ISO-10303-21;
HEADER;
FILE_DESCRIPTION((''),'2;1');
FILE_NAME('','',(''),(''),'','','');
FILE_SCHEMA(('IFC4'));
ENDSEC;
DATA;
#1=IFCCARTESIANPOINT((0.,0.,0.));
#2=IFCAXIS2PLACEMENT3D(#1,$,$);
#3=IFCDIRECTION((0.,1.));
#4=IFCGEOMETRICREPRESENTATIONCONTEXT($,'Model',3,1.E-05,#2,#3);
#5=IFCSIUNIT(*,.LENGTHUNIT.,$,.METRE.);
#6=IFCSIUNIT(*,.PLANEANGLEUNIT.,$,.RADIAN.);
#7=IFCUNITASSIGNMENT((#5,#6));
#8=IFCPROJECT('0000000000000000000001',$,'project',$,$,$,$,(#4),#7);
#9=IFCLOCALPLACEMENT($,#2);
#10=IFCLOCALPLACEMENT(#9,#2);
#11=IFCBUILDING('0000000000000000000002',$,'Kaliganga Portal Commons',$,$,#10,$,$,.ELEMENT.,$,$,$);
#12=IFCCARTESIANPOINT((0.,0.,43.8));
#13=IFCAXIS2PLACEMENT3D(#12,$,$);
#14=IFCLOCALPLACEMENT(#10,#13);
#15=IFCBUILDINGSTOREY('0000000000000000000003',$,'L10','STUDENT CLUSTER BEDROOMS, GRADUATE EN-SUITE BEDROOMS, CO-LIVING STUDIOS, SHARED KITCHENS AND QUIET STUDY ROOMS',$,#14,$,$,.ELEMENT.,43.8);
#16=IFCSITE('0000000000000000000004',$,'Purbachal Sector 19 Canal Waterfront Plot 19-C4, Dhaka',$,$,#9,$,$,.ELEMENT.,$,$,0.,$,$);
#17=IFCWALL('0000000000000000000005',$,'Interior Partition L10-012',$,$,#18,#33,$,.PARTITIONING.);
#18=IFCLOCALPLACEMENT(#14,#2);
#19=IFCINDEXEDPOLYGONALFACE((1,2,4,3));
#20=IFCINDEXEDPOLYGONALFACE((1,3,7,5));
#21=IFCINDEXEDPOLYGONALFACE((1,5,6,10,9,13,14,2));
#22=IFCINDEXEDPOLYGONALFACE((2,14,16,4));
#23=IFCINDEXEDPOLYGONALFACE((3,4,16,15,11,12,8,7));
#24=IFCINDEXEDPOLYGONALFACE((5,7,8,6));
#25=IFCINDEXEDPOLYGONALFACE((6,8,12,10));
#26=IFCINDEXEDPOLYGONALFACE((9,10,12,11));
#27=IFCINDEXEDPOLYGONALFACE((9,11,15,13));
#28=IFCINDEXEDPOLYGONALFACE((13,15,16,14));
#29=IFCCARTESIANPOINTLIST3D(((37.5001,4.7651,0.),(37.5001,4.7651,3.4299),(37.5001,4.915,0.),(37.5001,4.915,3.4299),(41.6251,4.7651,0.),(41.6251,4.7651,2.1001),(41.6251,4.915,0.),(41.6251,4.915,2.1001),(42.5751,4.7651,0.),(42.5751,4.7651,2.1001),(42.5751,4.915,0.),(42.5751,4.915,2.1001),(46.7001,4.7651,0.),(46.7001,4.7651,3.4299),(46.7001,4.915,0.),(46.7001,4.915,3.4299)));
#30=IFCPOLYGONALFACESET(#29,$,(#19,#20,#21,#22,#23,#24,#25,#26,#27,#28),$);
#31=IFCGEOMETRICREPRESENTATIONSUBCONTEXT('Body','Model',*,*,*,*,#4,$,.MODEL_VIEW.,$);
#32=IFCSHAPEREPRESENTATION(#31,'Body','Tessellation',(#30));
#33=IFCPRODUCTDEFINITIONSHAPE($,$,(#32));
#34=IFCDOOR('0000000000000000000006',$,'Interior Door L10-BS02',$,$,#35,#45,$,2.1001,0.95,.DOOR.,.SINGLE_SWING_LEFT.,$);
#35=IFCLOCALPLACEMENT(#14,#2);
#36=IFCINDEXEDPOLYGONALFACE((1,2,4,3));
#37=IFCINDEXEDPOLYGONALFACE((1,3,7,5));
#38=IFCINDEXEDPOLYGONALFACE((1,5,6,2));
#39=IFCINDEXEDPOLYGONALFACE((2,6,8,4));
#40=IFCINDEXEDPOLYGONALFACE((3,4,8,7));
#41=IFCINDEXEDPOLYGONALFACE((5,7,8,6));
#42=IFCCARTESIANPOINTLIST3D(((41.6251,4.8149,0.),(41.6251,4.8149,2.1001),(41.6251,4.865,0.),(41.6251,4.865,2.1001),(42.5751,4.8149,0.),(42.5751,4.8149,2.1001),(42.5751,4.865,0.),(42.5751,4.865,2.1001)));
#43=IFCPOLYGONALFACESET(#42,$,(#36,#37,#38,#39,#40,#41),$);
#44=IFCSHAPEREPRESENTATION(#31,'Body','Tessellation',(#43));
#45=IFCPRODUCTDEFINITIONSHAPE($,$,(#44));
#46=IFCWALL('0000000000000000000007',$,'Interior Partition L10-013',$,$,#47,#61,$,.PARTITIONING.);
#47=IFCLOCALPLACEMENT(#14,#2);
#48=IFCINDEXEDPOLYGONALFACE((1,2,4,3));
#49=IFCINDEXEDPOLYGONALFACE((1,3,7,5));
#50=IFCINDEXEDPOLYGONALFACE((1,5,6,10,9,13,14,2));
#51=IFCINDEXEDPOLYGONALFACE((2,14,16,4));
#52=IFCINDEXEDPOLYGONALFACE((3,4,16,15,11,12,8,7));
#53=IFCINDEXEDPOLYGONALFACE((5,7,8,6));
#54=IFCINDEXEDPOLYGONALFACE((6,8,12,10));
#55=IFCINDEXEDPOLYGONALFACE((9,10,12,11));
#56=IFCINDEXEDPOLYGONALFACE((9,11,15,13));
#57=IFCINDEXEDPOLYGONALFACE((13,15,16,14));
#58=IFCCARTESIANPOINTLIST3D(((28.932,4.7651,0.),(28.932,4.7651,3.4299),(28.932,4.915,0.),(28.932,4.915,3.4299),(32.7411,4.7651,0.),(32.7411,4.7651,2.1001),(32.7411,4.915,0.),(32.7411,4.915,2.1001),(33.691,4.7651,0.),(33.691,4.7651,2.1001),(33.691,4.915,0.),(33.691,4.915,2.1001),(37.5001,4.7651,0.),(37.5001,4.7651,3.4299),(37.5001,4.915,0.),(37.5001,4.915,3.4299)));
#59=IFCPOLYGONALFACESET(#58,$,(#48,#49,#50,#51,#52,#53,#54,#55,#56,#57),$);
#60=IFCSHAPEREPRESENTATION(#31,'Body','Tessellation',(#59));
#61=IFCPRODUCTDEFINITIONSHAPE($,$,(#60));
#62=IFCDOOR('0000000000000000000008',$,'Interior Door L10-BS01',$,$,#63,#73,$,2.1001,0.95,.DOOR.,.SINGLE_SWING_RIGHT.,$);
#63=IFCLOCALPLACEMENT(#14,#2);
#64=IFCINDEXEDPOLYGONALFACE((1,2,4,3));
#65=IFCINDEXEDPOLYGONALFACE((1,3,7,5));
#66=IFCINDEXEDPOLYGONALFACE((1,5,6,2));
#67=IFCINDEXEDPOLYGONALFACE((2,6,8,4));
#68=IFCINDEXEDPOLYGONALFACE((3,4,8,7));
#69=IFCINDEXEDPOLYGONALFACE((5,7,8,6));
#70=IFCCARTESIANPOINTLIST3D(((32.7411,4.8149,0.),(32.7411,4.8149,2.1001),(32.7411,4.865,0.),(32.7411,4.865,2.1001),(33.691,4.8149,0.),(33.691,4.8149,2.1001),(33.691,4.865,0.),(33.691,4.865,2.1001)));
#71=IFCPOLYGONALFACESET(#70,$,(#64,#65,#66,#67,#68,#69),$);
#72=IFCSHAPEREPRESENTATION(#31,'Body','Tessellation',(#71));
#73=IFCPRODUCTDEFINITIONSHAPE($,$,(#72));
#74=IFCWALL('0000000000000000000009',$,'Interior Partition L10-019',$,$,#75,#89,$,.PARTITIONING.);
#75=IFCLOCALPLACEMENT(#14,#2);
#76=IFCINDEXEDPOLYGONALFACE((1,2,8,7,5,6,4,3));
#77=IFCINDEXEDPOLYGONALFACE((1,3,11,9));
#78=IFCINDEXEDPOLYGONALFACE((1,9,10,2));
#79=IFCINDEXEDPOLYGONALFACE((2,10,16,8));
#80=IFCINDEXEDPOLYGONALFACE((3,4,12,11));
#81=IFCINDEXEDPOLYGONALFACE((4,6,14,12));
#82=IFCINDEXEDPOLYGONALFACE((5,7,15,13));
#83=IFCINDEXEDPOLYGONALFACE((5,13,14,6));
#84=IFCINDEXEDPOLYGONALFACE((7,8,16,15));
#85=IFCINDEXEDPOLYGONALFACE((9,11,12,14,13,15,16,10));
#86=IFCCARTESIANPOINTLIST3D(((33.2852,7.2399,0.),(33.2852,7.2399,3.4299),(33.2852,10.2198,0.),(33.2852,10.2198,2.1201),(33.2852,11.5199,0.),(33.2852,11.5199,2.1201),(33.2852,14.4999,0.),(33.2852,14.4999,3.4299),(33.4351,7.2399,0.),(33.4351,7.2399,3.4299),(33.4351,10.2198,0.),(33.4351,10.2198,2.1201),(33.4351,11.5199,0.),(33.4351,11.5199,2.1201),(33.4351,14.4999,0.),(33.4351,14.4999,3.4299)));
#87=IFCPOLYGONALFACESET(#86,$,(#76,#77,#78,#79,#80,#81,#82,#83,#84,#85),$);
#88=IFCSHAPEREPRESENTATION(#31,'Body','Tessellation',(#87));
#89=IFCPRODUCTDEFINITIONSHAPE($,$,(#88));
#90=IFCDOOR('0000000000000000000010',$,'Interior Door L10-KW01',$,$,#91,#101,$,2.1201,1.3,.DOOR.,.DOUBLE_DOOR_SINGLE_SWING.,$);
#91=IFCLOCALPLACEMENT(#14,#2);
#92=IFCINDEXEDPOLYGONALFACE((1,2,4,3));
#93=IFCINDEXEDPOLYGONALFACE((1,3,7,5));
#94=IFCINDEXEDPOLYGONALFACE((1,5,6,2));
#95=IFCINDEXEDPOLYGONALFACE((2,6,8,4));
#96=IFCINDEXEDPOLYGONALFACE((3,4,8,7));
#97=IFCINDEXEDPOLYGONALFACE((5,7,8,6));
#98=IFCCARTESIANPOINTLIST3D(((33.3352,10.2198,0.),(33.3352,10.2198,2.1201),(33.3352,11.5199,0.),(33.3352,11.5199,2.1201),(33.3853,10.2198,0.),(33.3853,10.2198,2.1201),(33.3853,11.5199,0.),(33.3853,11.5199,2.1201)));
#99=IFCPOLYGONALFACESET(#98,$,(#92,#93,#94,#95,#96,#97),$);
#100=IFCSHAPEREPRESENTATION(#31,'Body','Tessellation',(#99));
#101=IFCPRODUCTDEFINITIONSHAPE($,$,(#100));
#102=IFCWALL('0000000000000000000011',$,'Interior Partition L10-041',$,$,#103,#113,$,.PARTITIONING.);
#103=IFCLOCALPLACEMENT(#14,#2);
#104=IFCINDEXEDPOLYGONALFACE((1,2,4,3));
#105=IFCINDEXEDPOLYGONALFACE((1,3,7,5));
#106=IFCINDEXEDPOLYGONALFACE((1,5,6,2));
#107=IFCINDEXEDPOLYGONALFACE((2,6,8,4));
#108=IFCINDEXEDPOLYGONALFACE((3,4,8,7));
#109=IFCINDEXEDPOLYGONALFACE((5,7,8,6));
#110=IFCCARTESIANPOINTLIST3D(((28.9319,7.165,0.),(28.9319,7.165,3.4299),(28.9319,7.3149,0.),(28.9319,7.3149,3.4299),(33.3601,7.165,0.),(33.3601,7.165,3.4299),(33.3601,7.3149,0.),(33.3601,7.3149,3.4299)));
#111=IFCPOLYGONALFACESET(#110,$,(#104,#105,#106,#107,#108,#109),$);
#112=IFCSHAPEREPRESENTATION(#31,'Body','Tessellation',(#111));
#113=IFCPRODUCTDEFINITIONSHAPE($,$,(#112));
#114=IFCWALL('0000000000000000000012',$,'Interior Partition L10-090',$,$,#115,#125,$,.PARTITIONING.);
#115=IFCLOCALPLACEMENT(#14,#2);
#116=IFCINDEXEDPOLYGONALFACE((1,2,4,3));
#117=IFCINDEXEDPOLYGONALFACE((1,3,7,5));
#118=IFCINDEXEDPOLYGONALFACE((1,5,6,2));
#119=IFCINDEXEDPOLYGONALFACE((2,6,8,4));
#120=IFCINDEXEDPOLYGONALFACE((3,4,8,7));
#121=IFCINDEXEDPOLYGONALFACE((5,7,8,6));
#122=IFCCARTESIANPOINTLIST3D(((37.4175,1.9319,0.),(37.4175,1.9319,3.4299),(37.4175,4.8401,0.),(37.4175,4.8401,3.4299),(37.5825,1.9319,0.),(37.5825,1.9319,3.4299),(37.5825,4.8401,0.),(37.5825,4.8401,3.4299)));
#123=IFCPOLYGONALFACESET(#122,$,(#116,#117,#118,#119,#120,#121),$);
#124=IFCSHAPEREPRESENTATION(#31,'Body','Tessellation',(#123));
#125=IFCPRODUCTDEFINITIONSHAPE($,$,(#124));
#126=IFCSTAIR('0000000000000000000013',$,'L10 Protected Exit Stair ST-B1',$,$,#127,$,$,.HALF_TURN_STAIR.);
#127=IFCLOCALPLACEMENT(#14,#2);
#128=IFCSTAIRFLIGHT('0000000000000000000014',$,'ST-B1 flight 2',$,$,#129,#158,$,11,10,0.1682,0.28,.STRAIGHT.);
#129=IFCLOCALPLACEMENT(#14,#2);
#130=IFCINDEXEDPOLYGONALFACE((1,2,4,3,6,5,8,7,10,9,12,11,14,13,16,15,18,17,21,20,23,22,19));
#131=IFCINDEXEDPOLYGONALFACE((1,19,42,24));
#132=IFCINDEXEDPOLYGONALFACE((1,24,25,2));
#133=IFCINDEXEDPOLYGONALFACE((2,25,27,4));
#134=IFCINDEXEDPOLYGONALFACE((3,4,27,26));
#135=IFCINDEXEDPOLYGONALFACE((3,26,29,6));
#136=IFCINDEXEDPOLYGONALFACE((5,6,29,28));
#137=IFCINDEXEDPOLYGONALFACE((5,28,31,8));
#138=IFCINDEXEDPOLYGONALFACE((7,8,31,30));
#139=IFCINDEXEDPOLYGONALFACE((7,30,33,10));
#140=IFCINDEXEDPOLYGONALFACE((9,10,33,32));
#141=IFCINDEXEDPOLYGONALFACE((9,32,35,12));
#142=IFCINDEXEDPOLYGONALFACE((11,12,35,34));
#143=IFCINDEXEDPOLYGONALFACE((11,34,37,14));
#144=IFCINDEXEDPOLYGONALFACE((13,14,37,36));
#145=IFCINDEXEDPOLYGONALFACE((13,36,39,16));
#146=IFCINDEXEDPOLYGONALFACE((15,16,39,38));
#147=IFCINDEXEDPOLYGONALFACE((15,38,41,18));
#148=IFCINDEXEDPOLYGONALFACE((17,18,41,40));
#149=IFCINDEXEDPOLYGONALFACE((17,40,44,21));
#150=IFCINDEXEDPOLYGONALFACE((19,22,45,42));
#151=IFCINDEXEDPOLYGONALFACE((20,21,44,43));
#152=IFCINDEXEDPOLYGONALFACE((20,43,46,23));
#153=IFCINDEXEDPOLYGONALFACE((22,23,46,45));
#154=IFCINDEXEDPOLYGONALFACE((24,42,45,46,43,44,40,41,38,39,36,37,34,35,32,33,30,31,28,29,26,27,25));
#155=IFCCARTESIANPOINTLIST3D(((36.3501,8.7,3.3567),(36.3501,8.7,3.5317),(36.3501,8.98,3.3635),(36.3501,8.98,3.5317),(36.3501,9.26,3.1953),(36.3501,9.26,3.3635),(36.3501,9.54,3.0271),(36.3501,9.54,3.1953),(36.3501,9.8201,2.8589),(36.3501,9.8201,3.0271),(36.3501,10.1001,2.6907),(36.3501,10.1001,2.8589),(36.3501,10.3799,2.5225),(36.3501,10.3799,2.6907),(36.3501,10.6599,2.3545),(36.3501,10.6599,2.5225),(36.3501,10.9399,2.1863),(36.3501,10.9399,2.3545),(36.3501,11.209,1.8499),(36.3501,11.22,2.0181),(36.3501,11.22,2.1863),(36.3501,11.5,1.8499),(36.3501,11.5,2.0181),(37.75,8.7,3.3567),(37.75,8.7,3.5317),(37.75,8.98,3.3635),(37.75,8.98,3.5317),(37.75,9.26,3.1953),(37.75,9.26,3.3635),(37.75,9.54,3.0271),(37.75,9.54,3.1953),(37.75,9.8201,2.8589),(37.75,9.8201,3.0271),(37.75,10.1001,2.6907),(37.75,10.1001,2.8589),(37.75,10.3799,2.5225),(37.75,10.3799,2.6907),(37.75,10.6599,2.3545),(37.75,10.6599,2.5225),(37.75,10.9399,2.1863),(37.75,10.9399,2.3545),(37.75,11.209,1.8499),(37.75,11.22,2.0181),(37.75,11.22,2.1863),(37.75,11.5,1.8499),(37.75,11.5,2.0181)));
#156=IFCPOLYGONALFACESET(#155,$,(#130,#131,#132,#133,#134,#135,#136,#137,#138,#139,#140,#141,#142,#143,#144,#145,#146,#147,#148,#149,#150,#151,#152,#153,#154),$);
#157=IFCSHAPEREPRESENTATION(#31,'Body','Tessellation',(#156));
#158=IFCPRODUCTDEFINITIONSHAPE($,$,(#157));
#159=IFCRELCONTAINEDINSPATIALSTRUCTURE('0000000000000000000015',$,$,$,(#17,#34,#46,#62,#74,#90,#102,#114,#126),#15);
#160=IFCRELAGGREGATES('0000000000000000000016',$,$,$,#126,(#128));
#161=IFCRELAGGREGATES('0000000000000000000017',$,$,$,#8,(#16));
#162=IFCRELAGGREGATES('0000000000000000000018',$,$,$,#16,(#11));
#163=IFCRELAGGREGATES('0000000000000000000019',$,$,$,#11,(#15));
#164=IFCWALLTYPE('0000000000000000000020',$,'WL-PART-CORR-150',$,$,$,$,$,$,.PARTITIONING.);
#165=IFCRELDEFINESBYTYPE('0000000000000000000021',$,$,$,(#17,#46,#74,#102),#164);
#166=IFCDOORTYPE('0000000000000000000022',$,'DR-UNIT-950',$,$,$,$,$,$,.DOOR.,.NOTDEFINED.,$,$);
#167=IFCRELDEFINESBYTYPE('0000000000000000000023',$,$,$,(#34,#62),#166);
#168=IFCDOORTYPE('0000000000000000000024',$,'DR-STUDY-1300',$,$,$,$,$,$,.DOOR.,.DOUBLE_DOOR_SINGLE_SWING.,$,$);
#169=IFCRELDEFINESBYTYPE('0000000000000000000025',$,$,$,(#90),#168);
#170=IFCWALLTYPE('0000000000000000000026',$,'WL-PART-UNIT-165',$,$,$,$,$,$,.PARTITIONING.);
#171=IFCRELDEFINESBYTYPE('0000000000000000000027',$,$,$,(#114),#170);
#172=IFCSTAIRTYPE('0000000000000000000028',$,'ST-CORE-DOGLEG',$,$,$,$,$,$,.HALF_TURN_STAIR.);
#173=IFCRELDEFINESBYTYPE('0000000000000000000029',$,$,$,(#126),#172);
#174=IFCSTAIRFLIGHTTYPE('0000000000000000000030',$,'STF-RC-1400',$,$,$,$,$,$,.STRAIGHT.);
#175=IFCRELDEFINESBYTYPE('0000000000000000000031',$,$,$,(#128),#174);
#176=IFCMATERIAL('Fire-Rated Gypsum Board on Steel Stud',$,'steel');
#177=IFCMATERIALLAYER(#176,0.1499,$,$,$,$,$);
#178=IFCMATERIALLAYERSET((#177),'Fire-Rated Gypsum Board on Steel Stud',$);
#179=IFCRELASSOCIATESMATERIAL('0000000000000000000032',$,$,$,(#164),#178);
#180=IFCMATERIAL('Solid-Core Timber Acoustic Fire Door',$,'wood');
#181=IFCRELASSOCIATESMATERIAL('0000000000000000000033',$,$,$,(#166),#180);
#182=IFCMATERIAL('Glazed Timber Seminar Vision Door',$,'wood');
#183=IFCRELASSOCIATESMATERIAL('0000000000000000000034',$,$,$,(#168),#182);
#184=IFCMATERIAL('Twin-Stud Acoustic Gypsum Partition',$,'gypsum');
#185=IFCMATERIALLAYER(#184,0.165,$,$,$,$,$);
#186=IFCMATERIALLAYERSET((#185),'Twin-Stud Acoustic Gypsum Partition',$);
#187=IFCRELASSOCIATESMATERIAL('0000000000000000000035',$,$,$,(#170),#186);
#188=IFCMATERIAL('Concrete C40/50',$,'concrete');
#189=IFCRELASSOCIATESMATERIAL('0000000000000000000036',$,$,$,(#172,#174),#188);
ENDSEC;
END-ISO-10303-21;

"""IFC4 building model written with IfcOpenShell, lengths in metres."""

from ifc_helpers import new_model, si_unit, direction, frame, frame_2d, origin, place, context, subcontext, project, spatial, polyline, rectangle, outline, extrude, material, layer, layer_set, type_object, element, fill, aggregate, save


model = new_model("IFC4")

# Units and contexts
model_context = context("Model", 3, precision=1e-05, world=origin(), true_north=direction((0.0, 1.0)))
body_context = subcontext(model_context, "Body", "Model", "MODEL_VIEW")
ifc_project = project(units=[si_unit("LENGTHUNIT", "METRE"), si_unit("PLANEANGLEUNIT", "RADIAN")], contexts=[model_context])

# Site, building, storey
site_placement = place(None, origin())
site = spatial("IfcSite", under=ifc_project, at=site_placement, Name="Purbachal Sector 19 Canal Waterfront Plot 19-C4, Dhaka", CompositionType="ELEMENT", RefElevation=0.0)
building_placement = place(site_placement, origin())
building = spatial("IfcBuilding", under=site, at=building_placement, Name="Kaliganga Portal Commons", CompositionType="ELEMENT")
storey_placement = place(building_placement, frame((0.0, 0.0, 43.8)))
storey = spatial("IfcBuildingStorey", under=building, at=storey_placement, Name="L10", Description="STUDENT CLUSTER BEDROOMS, GRADUATE EN-SUITE BEDROOMS, CO-LIVING STUDIOS, SHARED KITCHENS AND QUIET STUDY ROOMS", CompositionType="ELEMENT", Elevation=43.8)

# Walls, openings, doors
ifc_material_1 = material(Name="Fire-Rated Gypsum Board on Steel Stud", Category="steel")
ifc_layer_1 = layer(ifc_material_1, 0.1499)
ifc_layer_set_1 = layer_set([ifc_layer_1], Name="Fire-Rated Gypsum Board on Steel Stud")
wall_type_1 = type_object("IfcWallType", Name="WL-PART-CORR-150", PredefinedType="PARTITIONING", material=ifc_layer_set_1)
wall_1_placement = place(storey_placement, frame((37.5, 4.8401, 0.0), z_axis=(0.0, 0.0, 1.0), x_axis=(1.0, 0.0, 0.0)))
wall_1 = element("IfcWall", 1, at=wall_1_placement, inside=storey, type_object=wall_type_1, Name="Interior Partition L10-012", PredefinedType="PARTITIONING", context=body_context, shape_type="SweptSolid", body=[
    extrude(rectangle(XDim=9.2, YDim=0.1499, at=frame_2d((4.6001, 0.0))), origin(), (0.0, 0.0, 1.0), 3.4299),
])
opening_1_placement = place(wall_1_placement, frame((4.125, 0.0, 0.0)))
opening_1 = element("IfcOpeningElement", 2, at=opening_1_placement, cuts=wall_1, PredefinedType="OPENING", context=body_context, shape_type="SweptSolid", body=[
    extrude(rectangle(XDim=0.95, YDim=2.1001, at=frame_2d((0.4751, 1.05))), frame((0.0, 0.085, 0.0), z_axis=(0.0, -1.0, 0.0), x_axis=(1.0, 0.0, 0.0)), (0.0, 0.0, 1.0), 0.1699),
])
ifc_material_2 = material(Name="Solid-Core Timber Acoustic Fire Door", Category="wood")
door_type_1 = type_object("IfcDoorType", Name="DR-UNIT-950", OperationType="NOTDEFINED", PredefinedType="DOOR", material=ifc_material_2)
door_1_placement = place(opening_1_placement, origin())
door_1 = element("IfcDoor", 3, at=door_1_placement, inside=storey, type_object=door_type_1, Name="Interior Door L10-BS02", OperationType="SINGLE_SWING_LEFT", OverallHeight=2.1001, OverallWidth=0.95, PredefinedType="DOOR", context=body_context, shape_type="SweptSolid", body=[
    extrude(rectangle(XDim=0.95, YDim=2.1001, at=frame_2d((0.4751, 1.05))), frame((0.0, 0.0249, 0.0), z_axis=(0.0, -1.0, 0.0), x_axis=(1.0, 0.0, 0.0)), (0.0, 0.0, 1.0), 0.05),
])
fill(opening_1, door_1)
wall_2_placement = place(storey_placement, frame((28.9319, 4.8401, 0.0), z_axis=(0.0, 0.0, 1.0), x_axis=(1.0, 0.0, 0.0)))
wall_2 = element("IfcWall", 4, at=wall_2_placement, inside=storey, type_object=wall_type_1, Name="Interior Partition L10-013", PredefinedType="PARTITIONING", context=body_context, shape_type="SweptSolid", body=[
    extrude(rectangle(XDim=8.5681, YDim=0.1499, at=frame_2d((4.2842, 0.0))), origin(), (0.0, 0.0, 1.0), 3.4299),
])
opening_2_placement = place(wall_2_placement, frame((3.8091, 0.0, 0.0)))
opening_2 = element("IfcOpeningElement", 5, at=opening_2_placement, cuts=wall_2, PredefinedType="OPENING", context=body_context, shape_type="SweptSolid", body=[
    extrude(rectangle(XDim=0.95, YDim=2.1001, at=frame_2d((0.4751, 1.05))), frame((0.0, 0.085, 0.0), z_axis=(0.0, -1.0, 0.0), x_axis=(1.0, 0.0, 0.0)), (0.0, 0.0, 1.0), 0.1699),
])
door_2_placement = place(opening_2_placement, origin())
door_2 = element("IfcDoor", 6, at=door_2_placement, inside=storey, type_object=door_type_1, Name="Interior Door L10-BS01", OperationType="SINGLE_SWING_RIGHT", OverallHeight=2.1001, OverallWidth=0.95, PredefinedType="DOOR", context=body_context, shape_type="SweptSolid", body=[
    extrude(rectangle(XDim=0.95, YDim=2.1001, at=frame_2d((0.4751, 1.05))), frame((0.0, 0.0249, 0.0), z_axis=(0.0, -1.0, 0.0), x_axis=(1.0, 0.0, 0.0)), (0.0, 0.0, 1.0), 0.05),
])
fill(opening_2, door_2)
wall_3_placement = place(storey_placement, frame((33.3601, 7.24, 0.0), z_axis=(0.0, 0.0, 1.0), x_axis=(0.0, 1.0, 0.0)))
wall_3 = element("IfcWall", 7, at=wall_3_placement, inside=storey, type_object=wall_type_1, Name="Interior Partition L10-019", PredefinedType="PARTITIONING", context=body_context, shape_type="SweptSolid", body=[
    extrude(rectangle(XDim=7.26, YDim=0.1499, at=frame_2d((3.6299, 0.0))), origin(), (0.0, 0.0, 1.0), 3.4299),
])
opening_3_placement = place(wall_3_placement, frame((2.98, 0.0, 0.0)))
opening_3 = element("IfcOpeningElement", 8, at=opening_3_placement, cuts=wall_3, PredefinedType="OPENING", context=body_context, shape_type="SweptSolid", body=[
    extrude(rectangle(XDim=1.3, YDim=2.1201, at=frame_2d((0.6499, 1.0601))), frame((0.0, 0.085, 0.0), z_axis=(0.0, -1.0, 0.0), x_axis=(1.0, 0.0, 0.0)), (0.0, 0.0, 1.0), 0.1699),
])
ifc_material_3 = material(Name="Glazed Timber Seminar Vision Door", Category="wood")
door_type_2 = type_object("IfcDoorType", Name="DR-STUDY-1300", OperationType="DOUBLE_DOOR_SINGLE_SWING", PredefinedType="DOOR", material=ifc_material_3)
door_3_placement = place(opening_3_placement, origin())
door_3 = element("IfcDoor", 9, at=door_3_placement, inside=storey, type_object=door_type_2, Name="Interior Door L10-KW01", OperationType="DOUBLE_DOOR_SINGLE_SWING", OverallHeight=2.1201, OverallWidth=1.3, PredefinedType="DOOR", context=body_context, shape_type="SweptSolid", body=[
    extrude(rectangle(XDim=1.3, YDim=2.1201, at=frame_2d((0.6499, 1.0601))), frame((0.0, 0.0249, 0.0), z_axis=(0.0, -1.0, 0.0), x_axis=(1.0, 0.0, 0.0)), (0.0, 0.0, 1.0), 0.05),
])
fill(opening_3, door_3)

# Walls
wall_4_placement = place(storey_placement, frame((28.9319, 7.24, 0.0), z_axis=(0.0, 0.0, 1.0), x_axis=(1.0, 0.0, 0.0)))
element("IfcWall", 10, at=wall_4_placement, inside=storey, type_object=wall_type_1, Name="Interior Partition L10-041", PredefinedType="PARTITIONING", context=body_context, shape_type="SweptSolid", body=[
    extrude(rectangle(XDim=4.4282, YDim=0.1499, at=frame_2d((2.2141, 0.0))), origin(), (0.0, 0.0, 1.0), 3.4299),
])
ifc_material_4 = material(Name="Twin-Stud Acoustic Gypsum Partition", Category="gypsum")
ifc_layer_2 = layer(ifc_material_4, 0.165)
ifc_layer_set_2 = layer_set([ifc_layer_2], Name="Twin-Stud Acoustic Gypsum Partition")
wall_type_2 = type_object("IfcWallType", Name="WL-PART-UNIT-165", PredefinedType="PARTITIONING", material=ifc_layer_set_2)
wall_5_placement = place(storey_placement, frame((37.5, 1.9319, 0.0), z_axis=(0.0, 0.0, 1.0), x_axis=(0.0, 1.0, 0.0)))
element("IfcWall", 11, at=wall_5_placement, inside=storey, type_object=wall_type_2, Name="Interior Partition L10-090", PredefinedType="PARTITIONING", context=body_context, shape_type="SweptSolid", body=[
    extrude(rectangle(XDim=2.9082, YDim=0.165, at=frame_2d((1.4541, 0.0))), origin(), (0.0, 0.0, 1.0), 3.4299),
])

# Stair, stair flight
ifc_material_5 = material(Name="Concrete C40/50", Category="concrete")
stair_type = type_object("IfcStairType", Name="ST-CORE-DOGLEG", PredefinedType="HALF_TURN_STAIR", material=ifc_material_5)
stair_placement = place(storey_placement, origin())
stair = element("IfcStair", 12, at=stair_placement, inside=storey, type_object=stair_type, Name="L10 Protected Exit Stair ST-B1", PredefinedType="HALF_TURN_STAIR")
stair_flight_type = type_object("IfcStairFlightType", Name="STF-RC-1400", PredefinedType="STRAIGHT", material=ifc_material_5)
stair_flight_placement = place(storey_placement, frame((37.05, 11.5, 1.8499), z_axis=(0.0, 0.0, 1.0), x_axis=(0.0, -1.0, 0.0)))
stair_flight = element("IfcStairFlight", 13, at=stair_flight_placement, type_object=stair_flight_type, Name="ST-B1 flight 2", NumberOfRisers=11, NumberOfTreads=10, PredefinedType="STRAIGHT", RiserHeight=0.1682, TreadLength=0.28, context=body_context, shape_type="SweptSolid", body=[
    extrude(outline(polyline([(0.0, 0.0), (0.0, 0.1682), (0.28, 0.1682), (0.28, 0.3364), (0.5601, 0.3364), (0.5601, 0.5046), (0.8401, 0.5046), (0.8401, 0.6726), (1.1201, 0.6726), (1.1201, 0.8408), (1.3999, 0.8408), (1.3999, 1.009), (1.6799, 1.009), (1.6799, 1.1772), (1.96, 1.1772), (1.96, 1.3455), (2.24, 1.3455), (2.24, 1.5137), (2.52, 1.5137), (2.52, 1.6819), (2.8, 1.6819), (2.8, 1.8501), (2.8, 1.5068), (0.291, 0.0), (0.0, 0.0)])), frame((0.0, 0.7, 0.0), z_axis=(0.0, -1.0, 0.0), x_axis=(1.0, 0.0, 0.0)), (0.0, 0.0, 1.0), 1.3999),
])
aggregate(stair, [stair_flight])

save(model, "model.ifc")
